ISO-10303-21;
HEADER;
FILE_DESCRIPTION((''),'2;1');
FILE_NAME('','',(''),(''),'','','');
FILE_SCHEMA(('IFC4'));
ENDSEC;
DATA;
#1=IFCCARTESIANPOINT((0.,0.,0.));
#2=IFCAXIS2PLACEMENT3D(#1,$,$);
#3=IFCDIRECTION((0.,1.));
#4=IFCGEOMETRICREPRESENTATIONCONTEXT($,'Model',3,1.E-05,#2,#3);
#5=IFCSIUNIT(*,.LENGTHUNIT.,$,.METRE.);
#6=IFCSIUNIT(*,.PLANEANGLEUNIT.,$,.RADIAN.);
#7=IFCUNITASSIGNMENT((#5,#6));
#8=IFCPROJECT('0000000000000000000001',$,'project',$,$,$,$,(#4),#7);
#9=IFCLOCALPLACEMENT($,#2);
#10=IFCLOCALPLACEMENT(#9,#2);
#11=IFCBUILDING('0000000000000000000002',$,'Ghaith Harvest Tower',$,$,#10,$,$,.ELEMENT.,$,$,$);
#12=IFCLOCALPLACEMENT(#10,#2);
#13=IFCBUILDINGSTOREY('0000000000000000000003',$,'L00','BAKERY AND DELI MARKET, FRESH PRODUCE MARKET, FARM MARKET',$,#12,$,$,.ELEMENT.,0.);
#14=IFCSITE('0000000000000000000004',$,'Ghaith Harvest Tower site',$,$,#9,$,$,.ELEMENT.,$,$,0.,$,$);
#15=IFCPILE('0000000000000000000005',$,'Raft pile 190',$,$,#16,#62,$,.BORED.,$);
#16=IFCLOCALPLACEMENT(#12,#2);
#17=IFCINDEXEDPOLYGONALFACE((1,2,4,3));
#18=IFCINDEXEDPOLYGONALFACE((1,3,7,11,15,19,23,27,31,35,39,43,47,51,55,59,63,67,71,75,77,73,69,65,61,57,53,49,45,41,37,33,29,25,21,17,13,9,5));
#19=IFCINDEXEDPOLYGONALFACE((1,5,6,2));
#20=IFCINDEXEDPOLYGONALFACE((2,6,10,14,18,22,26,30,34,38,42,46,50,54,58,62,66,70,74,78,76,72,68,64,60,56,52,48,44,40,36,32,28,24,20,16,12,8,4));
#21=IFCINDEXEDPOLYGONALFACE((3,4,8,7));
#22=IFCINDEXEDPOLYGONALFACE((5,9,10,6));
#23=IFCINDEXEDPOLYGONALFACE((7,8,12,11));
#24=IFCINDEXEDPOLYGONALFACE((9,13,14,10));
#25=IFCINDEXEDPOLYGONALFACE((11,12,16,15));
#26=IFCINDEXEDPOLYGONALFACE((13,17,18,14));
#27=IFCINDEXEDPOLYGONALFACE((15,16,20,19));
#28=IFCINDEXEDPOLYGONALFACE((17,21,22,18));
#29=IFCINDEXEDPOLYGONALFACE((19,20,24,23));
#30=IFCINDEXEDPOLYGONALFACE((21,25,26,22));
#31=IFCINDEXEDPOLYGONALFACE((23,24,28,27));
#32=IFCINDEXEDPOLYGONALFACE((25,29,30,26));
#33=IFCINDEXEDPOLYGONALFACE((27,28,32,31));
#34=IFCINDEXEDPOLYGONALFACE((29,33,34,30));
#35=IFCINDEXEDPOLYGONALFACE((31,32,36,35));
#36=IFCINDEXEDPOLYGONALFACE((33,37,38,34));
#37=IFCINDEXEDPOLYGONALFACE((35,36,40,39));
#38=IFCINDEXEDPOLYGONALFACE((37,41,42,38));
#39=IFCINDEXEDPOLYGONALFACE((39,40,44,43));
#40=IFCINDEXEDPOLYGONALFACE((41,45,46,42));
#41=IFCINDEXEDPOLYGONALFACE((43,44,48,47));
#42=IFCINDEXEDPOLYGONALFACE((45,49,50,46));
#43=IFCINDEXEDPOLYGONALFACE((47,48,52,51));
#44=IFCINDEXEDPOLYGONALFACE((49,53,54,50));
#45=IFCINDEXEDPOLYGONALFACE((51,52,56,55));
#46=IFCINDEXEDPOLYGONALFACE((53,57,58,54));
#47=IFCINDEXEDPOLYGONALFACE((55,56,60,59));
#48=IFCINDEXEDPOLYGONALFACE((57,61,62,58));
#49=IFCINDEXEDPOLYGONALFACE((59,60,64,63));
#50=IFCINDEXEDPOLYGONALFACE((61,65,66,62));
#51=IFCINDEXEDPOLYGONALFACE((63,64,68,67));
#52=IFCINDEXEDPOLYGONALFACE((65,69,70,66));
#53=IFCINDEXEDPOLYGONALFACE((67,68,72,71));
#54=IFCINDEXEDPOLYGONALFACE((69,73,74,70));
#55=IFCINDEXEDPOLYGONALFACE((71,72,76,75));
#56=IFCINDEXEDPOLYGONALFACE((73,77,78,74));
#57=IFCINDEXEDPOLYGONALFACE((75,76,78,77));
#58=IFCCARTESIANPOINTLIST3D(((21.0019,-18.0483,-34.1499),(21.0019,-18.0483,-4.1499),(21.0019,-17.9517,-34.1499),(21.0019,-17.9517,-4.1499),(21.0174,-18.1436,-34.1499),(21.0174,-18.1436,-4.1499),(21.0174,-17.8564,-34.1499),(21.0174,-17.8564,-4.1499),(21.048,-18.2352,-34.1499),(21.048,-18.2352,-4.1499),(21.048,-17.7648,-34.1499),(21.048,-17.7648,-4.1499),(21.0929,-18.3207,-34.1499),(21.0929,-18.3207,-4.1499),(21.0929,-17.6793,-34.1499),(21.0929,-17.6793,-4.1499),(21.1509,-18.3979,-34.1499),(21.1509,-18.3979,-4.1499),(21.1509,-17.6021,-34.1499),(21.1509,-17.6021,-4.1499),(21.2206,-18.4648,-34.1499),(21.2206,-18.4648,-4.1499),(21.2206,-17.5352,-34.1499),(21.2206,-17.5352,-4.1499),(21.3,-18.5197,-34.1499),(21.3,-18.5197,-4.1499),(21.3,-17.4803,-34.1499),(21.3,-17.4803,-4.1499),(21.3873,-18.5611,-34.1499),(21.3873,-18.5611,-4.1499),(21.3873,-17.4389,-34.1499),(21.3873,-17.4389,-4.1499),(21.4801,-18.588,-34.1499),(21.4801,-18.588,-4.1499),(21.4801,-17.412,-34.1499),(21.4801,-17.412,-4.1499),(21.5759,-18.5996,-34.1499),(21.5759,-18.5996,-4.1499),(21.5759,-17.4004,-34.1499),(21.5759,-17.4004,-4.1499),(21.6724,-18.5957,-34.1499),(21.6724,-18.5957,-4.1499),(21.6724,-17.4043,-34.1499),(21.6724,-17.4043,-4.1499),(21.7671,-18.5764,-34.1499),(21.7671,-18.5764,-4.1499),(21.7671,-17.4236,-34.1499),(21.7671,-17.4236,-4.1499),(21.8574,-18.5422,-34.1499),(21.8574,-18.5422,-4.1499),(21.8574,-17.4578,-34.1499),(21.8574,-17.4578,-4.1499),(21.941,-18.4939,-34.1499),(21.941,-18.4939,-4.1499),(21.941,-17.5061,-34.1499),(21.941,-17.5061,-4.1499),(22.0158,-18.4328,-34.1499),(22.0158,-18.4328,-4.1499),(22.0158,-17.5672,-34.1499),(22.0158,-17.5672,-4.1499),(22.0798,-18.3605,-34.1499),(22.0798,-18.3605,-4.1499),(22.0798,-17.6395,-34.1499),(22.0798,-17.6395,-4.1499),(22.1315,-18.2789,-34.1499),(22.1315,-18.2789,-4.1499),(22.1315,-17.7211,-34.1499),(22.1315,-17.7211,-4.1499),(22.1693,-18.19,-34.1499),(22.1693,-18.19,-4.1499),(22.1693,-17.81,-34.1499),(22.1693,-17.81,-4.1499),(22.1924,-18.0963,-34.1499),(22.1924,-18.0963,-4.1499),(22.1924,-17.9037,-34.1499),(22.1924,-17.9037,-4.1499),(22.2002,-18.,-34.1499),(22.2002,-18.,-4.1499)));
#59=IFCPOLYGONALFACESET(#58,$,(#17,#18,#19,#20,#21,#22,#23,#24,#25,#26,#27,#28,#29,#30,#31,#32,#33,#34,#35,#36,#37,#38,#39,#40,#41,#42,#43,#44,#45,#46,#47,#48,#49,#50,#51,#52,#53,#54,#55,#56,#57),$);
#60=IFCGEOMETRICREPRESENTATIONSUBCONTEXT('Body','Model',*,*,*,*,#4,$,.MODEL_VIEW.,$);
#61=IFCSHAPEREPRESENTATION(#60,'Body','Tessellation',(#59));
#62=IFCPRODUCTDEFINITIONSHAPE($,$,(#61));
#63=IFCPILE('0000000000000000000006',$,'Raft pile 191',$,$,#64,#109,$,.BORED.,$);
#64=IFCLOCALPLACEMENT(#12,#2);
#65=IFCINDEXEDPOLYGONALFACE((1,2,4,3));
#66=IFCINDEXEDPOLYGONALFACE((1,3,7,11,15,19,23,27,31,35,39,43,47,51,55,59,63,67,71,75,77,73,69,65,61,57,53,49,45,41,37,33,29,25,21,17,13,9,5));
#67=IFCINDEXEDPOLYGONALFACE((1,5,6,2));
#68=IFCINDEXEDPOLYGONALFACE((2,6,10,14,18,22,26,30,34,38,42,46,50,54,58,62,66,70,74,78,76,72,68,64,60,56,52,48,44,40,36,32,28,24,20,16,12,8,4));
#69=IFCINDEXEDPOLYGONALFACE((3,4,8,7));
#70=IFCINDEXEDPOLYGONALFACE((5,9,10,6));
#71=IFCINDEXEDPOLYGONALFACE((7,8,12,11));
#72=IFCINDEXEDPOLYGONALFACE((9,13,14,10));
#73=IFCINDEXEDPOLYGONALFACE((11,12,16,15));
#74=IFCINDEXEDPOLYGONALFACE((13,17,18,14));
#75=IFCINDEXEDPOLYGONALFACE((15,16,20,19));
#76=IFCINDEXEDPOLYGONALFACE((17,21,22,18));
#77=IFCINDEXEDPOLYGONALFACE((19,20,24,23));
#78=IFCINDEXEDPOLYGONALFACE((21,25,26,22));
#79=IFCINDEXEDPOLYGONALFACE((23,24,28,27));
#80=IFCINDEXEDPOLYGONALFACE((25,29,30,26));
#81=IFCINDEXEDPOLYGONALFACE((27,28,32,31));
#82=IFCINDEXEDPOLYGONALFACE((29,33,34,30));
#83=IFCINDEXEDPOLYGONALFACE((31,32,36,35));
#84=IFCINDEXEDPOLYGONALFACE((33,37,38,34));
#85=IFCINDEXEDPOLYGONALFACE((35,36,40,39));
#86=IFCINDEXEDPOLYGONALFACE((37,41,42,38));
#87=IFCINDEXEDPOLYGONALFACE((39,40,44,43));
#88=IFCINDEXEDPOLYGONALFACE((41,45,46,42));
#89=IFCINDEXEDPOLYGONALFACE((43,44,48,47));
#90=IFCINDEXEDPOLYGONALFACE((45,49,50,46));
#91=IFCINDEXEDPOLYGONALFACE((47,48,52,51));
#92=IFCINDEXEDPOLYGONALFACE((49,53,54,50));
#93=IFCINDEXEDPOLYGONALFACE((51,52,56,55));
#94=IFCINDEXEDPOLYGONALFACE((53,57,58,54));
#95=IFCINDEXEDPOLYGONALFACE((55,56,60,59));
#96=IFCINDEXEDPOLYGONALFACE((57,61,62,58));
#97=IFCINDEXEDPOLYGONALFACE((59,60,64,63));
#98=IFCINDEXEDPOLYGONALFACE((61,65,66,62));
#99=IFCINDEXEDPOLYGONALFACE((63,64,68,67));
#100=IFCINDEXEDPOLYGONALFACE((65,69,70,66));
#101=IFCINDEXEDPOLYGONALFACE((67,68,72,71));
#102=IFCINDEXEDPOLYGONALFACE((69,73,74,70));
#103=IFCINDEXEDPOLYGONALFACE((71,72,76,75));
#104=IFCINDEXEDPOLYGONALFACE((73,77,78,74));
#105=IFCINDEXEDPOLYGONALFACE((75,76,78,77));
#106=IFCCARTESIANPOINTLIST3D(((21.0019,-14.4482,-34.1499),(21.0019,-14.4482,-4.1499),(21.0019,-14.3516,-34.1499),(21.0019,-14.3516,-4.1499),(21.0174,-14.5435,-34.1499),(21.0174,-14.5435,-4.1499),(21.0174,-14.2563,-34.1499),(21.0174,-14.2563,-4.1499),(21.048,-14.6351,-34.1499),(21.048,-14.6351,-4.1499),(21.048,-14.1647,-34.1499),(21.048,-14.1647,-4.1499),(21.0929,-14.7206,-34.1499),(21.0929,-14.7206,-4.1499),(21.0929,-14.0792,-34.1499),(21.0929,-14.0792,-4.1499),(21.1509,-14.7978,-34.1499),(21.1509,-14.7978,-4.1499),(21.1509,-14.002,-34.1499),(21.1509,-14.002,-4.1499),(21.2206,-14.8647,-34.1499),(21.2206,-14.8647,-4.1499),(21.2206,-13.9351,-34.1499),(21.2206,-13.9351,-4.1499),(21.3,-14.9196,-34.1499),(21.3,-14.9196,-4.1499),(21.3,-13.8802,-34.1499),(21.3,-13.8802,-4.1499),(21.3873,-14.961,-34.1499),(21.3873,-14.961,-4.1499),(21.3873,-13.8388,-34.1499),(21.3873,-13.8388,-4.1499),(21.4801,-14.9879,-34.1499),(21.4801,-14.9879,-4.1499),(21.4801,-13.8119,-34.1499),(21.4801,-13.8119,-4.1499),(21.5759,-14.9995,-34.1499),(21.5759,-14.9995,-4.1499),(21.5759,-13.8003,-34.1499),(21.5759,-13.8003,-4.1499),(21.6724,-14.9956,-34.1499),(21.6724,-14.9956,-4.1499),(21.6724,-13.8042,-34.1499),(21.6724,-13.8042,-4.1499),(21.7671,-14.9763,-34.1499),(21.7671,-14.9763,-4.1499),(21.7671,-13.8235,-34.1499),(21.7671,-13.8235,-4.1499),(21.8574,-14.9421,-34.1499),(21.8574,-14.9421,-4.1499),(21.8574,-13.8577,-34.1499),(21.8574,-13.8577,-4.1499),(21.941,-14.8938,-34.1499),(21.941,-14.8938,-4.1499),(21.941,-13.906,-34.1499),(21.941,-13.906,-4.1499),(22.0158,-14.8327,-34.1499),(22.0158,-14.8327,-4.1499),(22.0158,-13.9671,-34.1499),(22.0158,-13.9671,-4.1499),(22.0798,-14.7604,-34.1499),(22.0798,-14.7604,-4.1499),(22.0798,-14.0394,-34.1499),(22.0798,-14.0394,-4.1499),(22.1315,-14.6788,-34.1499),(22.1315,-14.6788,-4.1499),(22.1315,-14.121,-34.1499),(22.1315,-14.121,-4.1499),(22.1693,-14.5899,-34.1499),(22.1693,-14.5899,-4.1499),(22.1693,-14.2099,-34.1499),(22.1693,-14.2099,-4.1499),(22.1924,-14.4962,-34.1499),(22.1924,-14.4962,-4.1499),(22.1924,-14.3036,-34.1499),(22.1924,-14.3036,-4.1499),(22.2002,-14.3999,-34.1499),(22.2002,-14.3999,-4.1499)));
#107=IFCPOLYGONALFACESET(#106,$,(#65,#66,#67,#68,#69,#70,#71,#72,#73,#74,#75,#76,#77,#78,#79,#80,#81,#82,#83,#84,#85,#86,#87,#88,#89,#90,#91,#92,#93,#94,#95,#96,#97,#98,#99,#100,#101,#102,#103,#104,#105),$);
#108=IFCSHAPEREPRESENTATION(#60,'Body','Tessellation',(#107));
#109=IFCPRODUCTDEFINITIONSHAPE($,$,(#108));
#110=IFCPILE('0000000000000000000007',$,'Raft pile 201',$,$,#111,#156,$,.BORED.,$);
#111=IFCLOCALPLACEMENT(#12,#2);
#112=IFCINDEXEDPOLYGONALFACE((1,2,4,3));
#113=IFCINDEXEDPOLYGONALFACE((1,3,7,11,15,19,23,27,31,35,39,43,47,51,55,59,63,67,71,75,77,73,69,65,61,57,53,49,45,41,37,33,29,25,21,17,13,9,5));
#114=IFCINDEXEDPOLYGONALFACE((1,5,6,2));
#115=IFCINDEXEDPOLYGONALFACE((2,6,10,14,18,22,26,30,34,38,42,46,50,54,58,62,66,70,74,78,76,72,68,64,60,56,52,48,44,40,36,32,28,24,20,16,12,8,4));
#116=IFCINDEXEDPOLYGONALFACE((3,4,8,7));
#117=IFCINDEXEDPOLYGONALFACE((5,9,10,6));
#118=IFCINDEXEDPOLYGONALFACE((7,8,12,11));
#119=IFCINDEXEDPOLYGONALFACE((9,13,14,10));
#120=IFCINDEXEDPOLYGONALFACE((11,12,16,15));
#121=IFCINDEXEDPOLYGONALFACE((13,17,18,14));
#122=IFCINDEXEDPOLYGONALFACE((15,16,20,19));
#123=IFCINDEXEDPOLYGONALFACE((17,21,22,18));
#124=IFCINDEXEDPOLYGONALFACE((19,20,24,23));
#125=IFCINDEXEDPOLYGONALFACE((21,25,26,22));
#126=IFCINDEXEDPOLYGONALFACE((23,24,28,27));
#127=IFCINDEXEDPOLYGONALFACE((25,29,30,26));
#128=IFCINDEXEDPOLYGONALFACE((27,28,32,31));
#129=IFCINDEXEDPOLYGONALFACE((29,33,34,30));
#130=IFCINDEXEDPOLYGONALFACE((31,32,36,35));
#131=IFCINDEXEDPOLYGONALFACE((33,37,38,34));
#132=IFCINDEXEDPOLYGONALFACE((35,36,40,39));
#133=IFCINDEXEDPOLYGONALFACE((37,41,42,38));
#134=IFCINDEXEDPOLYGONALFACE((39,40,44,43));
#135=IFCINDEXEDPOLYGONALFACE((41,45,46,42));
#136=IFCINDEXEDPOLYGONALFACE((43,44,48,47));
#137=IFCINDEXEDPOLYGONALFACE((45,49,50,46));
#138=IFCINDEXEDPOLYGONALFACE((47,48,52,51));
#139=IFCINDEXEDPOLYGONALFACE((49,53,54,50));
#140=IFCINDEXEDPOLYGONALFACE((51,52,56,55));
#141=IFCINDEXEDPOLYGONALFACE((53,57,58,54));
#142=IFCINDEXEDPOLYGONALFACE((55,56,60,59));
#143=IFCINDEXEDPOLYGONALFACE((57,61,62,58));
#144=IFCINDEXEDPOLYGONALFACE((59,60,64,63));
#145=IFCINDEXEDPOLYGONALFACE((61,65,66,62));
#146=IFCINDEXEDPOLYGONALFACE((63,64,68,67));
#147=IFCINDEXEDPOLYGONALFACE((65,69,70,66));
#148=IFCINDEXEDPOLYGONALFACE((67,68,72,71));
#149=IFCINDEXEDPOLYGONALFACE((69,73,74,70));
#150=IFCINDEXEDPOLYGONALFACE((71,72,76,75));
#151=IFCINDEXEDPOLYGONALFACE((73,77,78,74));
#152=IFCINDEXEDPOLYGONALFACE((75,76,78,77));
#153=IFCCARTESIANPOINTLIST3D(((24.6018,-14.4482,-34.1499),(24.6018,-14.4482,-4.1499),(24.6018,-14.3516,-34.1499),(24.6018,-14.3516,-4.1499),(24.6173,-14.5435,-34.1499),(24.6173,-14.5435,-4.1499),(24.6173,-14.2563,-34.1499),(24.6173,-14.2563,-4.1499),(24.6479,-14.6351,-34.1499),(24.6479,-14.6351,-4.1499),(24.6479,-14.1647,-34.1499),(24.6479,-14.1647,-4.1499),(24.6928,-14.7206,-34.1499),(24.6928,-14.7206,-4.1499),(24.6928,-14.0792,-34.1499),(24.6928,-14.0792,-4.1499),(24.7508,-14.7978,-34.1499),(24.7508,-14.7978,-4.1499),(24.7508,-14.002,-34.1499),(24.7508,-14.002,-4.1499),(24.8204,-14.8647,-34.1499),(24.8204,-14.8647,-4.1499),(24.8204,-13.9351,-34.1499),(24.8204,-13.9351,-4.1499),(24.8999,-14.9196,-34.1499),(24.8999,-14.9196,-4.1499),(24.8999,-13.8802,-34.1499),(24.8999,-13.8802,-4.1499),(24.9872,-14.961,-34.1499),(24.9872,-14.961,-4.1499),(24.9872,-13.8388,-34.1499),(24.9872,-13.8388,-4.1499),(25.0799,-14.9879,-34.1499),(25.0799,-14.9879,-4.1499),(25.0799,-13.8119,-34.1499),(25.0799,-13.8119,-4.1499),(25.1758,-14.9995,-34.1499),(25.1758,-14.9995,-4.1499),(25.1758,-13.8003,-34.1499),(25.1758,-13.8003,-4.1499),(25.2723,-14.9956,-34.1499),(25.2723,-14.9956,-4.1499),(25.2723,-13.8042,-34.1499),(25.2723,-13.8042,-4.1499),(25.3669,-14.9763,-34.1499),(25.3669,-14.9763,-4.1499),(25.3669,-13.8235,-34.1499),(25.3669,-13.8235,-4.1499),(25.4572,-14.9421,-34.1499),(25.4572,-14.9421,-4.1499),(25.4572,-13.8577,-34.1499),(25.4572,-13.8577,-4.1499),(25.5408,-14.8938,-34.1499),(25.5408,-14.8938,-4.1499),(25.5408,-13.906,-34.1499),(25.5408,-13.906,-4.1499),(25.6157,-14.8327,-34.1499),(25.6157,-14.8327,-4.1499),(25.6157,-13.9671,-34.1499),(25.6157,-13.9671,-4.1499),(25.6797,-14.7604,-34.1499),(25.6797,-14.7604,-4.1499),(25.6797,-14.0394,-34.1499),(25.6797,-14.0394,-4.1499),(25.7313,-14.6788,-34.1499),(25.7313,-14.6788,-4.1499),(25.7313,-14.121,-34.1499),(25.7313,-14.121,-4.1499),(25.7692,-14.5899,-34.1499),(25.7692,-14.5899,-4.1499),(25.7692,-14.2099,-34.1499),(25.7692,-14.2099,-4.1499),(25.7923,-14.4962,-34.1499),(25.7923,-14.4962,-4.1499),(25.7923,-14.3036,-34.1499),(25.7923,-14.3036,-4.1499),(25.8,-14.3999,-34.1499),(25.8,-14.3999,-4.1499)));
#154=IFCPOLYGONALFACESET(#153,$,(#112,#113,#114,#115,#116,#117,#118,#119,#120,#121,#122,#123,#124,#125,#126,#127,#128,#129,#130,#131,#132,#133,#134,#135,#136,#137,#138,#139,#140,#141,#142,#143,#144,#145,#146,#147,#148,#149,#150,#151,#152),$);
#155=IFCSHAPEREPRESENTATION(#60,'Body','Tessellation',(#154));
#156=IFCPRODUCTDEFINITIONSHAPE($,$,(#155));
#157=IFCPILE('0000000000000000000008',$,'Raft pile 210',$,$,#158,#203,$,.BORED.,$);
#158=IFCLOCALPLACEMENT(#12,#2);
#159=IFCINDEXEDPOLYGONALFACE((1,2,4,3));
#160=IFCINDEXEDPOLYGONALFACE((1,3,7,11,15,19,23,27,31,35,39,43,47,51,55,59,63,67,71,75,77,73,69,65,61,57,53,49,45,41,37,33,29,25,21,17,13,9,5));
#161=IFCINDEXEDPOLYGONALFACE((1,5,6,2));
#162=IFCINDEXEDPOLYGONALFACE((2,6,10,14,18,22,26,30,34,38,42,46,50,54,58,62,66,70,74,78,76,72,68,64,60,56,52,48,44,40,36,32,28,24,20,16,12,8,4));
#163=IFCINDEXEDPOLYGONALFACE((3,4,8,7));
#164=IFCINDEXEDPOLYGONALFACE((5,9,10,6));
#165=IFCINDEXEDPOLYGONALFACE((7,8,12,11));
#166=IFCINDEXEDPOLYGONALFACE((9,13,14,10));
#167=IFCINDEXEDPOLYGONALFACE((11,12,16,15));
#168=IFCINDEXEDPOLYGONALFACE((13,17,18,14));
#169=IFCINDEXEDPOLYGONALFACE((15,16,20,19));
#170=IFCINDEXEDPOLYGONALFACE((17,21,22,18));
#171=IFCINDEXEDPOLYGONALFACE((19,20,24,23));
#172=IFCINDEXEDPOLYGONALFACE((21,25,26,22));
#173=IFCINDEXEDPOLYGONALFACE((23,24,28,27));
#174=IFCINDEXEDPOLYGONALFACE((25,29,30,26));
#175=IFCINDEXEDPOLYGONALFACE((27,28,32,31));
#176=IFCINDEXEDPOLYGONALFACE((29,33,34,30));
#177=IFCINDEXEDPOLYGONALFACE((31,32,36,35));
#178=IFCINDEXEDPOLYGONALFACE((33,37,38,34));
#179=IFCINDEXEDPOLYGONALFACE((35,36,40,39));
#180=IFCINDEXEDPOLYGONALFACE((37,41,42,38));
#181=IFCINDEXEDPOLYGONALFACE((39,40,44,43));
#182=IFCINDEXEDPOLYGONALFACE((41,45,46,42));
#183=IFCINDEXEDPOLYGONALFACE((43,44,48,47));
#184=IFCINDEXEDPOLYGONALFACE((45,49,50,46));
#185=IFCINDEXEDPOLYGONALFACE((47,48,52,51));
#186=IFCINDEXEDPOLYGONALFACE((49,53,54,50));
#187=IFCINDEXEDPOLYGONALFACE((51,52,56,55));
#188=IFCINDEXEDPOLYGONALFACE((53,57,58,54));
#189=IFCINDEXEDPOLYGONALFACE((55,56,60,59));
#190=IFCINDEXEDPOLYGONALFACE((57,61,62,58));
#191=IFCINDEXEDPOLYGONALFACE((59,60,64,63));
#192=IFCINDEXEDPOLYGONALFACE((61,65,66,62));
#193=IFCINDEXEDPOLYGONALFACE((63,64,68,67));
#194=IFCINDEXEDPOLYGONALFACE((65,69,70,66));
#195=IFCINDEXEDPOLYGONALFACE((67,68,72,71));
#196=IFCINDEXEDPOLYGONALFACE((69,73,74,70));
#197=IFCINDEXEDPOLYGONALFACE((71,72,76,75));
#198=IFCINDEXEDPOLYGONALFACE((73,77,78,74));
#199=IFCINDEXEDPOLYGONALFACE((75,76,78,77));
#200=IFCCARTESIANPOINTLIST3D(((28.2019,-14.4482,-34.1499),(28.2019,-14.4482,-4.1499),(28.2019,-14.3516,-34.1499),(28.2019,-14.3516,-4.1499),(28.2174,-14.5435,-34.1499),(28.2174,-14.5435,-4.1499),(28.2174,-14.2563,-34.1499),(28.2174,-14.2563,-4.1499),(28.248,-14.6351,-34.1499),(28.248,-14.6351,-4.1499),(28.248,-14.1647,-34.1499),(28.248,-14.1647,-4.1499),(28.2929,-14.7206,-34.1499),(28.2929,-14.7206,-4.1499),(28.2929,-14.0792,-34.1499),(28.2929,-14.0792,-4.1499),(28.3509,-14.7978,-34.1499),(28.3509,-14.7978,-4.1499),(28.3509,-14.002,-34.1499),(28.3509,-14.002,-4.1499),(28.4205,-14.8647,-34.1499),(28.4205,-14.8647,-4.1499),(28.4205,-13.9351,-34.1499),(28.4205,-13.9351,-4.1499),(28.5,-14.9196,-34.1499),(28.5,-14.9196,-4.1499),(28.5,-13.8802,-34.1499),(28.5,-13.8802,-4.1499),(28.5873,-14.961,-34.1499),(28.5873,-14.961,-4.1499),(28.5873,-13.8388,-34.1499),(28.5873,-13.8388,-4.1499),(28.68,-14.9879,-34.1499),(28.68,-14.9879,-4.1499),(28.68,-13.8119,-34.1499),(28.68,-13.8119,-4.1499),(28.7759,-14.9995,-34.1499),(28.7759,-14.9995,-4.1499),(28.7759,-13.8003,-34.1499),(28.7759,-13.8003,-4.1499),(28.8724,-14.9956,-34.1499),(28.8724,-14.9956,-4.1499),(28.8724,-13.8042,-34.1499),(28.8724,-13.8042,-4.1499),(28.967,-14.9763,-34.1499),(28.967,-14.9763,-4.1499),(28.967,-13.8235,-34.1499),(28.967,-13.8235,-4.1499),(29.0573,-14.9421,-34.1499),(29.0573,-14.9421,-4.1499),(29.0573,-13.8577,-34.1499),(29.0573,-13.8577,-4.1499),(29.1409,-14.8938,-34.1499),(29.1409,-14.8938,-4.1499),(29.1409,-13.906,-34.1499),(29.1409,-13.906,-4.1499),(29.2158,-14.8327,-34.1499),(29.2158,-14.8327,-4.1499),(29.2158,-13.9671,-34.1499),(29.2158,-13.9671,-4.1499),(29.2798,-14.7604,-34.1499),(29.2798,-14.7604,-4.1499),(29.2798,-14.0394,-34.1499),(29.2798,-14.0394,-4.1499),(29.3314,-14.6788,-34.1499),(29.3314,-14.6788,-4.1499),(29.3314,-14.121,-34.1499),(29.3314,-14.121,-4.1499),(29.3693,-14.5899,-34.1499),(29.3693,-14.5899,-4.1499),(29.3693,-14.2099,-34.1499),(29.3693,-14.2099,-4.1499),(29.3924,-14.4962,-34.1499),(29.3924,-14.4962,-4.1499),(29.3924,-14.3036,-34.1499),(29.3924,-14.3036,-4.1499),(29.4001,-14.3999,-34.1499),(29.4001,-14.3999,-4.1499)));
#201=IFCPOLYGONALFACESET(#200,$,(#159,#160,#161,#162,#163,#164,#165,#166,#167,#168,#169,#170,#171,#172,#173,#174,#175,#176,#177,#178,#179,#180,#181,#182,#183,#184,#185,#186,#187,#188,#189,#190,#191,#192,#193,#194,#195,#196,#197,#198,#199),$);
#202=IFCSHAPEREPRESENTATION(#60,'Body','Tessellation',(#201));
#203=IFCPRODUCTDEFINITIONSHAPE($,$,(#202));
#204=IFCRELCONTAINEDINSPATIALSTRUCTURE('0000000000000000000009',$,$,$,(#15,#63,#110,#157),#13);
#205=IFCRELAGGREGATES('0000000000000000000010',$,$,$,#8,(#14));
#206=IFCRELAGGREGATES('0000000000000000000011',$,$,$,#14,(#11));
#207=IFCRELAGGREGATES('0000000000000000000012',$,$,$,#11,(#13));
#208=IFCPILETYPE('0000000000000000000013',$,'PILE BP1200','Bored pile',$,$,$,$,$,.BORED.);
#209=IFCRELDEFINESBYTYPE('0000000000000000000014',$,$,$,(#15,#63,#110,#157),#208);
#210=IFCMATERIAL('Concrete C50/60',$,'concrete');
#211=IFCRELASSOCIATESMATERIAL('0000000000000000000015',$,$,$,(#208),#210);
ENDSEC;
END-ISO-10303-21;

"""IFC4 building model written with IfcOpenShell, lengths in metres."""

from ifc_helpers import new_model, si_unit, direction, frame, origin, origin_2d, place, context, subcontext, project, spatial, circle, extrude, material, material_profile, profile_set, type_object, element, save


model = new_model("IFC4")

# Units and contexts
model_context = context("Model", 3, precision=1e-05, world=origin(), true_north=direction((0.0, 1.0)))
body_context = subcontext(model_context, "Body", "Model", "MODEL_VIEW")
ifc_project = project(units=[si_unit("LENGTHUNIT", "METRE"), si_unit("PLANEANGLEUNIT", "RADIAN")], contexts=[model_context])

# Site, building, storey
site_placement = place(None, origin())
site = spatial("IfcSite", under=ifc_project, at=site_placement, Name="Ghaith Harvest Tower site", CompositionType="ELEMENT", RefElevation=0.0)
building_placement = place(site_placement, origin())
building = spatial("IfcBuilding", under=site, at=building_placement, Name="Ghaith Harvest Tower", CompositionType="ELEMENT")
storey_placement = place(building_placement, origin())
storey = spatial("IfcBuildingStorey", under=building, at=storey_placement, Name="L00", Description="BAKERY AND DELI MARKET, FRESH PRODUCE MARKET, FARM MARKET", CompositionType="ELEMENT", Elevation=0.0)

# Piles
ifc_material_1 = material(Name="Concrete C50/60", Category="concrete")
ifc_material_profile_1 = material_profile(ifc_material_1, circle(Radius=0.6001, at=origin_2d()), Name="PILE1200")
ifc_profile_set_1 = profile_set([ifc_material_profile_1], Name="Concrete C50/60")
pile_type_1 = type_object("IfcPileType", Name="PILE BP1200", Description="Bored pile", PredefinedType="BORED", material=ifc_profile_set_1)
for number, where, z_axis, x_axis, name in (
    (1, (21.6001, -18.0, -4.1499), (0.0, 0.0, -1.0), (1.0, 0.0, 0.0), "Raft pile 190"),
    (2, (21.6001, -14.3999, -4.1499), (0.0, 0.0, -1.0), (1.0, 0.0, 0.0), "Raft pile 191"),
    (3, (25.2, -14.3999, -4.1499), (0.0, 0.0, -1.0), (1.0, 0.0, 0.0), "Raft pile 201"),
    (4, (28.8, -14.3999, -4.1499), (0.0, 0.0, -1.0), (1.0, 0.0, 0.0), "Raft pile 210"),
):
    element("IfcPile", number, at=place(storey_placement, frame(where, z_axis=z_axis, x_axis=x_axis)), inside=storey, type_object=pile_type_1, Name=name, PredefinedType="BORED", context=body_context, shape_type="SweptSolid", body=[
        extrude(circle(Radius=0.6001, at=origin_2d()), origin(), (0.0, 0.0, 1.0), 30.0),
    ])

save(model, "model.ifc")
